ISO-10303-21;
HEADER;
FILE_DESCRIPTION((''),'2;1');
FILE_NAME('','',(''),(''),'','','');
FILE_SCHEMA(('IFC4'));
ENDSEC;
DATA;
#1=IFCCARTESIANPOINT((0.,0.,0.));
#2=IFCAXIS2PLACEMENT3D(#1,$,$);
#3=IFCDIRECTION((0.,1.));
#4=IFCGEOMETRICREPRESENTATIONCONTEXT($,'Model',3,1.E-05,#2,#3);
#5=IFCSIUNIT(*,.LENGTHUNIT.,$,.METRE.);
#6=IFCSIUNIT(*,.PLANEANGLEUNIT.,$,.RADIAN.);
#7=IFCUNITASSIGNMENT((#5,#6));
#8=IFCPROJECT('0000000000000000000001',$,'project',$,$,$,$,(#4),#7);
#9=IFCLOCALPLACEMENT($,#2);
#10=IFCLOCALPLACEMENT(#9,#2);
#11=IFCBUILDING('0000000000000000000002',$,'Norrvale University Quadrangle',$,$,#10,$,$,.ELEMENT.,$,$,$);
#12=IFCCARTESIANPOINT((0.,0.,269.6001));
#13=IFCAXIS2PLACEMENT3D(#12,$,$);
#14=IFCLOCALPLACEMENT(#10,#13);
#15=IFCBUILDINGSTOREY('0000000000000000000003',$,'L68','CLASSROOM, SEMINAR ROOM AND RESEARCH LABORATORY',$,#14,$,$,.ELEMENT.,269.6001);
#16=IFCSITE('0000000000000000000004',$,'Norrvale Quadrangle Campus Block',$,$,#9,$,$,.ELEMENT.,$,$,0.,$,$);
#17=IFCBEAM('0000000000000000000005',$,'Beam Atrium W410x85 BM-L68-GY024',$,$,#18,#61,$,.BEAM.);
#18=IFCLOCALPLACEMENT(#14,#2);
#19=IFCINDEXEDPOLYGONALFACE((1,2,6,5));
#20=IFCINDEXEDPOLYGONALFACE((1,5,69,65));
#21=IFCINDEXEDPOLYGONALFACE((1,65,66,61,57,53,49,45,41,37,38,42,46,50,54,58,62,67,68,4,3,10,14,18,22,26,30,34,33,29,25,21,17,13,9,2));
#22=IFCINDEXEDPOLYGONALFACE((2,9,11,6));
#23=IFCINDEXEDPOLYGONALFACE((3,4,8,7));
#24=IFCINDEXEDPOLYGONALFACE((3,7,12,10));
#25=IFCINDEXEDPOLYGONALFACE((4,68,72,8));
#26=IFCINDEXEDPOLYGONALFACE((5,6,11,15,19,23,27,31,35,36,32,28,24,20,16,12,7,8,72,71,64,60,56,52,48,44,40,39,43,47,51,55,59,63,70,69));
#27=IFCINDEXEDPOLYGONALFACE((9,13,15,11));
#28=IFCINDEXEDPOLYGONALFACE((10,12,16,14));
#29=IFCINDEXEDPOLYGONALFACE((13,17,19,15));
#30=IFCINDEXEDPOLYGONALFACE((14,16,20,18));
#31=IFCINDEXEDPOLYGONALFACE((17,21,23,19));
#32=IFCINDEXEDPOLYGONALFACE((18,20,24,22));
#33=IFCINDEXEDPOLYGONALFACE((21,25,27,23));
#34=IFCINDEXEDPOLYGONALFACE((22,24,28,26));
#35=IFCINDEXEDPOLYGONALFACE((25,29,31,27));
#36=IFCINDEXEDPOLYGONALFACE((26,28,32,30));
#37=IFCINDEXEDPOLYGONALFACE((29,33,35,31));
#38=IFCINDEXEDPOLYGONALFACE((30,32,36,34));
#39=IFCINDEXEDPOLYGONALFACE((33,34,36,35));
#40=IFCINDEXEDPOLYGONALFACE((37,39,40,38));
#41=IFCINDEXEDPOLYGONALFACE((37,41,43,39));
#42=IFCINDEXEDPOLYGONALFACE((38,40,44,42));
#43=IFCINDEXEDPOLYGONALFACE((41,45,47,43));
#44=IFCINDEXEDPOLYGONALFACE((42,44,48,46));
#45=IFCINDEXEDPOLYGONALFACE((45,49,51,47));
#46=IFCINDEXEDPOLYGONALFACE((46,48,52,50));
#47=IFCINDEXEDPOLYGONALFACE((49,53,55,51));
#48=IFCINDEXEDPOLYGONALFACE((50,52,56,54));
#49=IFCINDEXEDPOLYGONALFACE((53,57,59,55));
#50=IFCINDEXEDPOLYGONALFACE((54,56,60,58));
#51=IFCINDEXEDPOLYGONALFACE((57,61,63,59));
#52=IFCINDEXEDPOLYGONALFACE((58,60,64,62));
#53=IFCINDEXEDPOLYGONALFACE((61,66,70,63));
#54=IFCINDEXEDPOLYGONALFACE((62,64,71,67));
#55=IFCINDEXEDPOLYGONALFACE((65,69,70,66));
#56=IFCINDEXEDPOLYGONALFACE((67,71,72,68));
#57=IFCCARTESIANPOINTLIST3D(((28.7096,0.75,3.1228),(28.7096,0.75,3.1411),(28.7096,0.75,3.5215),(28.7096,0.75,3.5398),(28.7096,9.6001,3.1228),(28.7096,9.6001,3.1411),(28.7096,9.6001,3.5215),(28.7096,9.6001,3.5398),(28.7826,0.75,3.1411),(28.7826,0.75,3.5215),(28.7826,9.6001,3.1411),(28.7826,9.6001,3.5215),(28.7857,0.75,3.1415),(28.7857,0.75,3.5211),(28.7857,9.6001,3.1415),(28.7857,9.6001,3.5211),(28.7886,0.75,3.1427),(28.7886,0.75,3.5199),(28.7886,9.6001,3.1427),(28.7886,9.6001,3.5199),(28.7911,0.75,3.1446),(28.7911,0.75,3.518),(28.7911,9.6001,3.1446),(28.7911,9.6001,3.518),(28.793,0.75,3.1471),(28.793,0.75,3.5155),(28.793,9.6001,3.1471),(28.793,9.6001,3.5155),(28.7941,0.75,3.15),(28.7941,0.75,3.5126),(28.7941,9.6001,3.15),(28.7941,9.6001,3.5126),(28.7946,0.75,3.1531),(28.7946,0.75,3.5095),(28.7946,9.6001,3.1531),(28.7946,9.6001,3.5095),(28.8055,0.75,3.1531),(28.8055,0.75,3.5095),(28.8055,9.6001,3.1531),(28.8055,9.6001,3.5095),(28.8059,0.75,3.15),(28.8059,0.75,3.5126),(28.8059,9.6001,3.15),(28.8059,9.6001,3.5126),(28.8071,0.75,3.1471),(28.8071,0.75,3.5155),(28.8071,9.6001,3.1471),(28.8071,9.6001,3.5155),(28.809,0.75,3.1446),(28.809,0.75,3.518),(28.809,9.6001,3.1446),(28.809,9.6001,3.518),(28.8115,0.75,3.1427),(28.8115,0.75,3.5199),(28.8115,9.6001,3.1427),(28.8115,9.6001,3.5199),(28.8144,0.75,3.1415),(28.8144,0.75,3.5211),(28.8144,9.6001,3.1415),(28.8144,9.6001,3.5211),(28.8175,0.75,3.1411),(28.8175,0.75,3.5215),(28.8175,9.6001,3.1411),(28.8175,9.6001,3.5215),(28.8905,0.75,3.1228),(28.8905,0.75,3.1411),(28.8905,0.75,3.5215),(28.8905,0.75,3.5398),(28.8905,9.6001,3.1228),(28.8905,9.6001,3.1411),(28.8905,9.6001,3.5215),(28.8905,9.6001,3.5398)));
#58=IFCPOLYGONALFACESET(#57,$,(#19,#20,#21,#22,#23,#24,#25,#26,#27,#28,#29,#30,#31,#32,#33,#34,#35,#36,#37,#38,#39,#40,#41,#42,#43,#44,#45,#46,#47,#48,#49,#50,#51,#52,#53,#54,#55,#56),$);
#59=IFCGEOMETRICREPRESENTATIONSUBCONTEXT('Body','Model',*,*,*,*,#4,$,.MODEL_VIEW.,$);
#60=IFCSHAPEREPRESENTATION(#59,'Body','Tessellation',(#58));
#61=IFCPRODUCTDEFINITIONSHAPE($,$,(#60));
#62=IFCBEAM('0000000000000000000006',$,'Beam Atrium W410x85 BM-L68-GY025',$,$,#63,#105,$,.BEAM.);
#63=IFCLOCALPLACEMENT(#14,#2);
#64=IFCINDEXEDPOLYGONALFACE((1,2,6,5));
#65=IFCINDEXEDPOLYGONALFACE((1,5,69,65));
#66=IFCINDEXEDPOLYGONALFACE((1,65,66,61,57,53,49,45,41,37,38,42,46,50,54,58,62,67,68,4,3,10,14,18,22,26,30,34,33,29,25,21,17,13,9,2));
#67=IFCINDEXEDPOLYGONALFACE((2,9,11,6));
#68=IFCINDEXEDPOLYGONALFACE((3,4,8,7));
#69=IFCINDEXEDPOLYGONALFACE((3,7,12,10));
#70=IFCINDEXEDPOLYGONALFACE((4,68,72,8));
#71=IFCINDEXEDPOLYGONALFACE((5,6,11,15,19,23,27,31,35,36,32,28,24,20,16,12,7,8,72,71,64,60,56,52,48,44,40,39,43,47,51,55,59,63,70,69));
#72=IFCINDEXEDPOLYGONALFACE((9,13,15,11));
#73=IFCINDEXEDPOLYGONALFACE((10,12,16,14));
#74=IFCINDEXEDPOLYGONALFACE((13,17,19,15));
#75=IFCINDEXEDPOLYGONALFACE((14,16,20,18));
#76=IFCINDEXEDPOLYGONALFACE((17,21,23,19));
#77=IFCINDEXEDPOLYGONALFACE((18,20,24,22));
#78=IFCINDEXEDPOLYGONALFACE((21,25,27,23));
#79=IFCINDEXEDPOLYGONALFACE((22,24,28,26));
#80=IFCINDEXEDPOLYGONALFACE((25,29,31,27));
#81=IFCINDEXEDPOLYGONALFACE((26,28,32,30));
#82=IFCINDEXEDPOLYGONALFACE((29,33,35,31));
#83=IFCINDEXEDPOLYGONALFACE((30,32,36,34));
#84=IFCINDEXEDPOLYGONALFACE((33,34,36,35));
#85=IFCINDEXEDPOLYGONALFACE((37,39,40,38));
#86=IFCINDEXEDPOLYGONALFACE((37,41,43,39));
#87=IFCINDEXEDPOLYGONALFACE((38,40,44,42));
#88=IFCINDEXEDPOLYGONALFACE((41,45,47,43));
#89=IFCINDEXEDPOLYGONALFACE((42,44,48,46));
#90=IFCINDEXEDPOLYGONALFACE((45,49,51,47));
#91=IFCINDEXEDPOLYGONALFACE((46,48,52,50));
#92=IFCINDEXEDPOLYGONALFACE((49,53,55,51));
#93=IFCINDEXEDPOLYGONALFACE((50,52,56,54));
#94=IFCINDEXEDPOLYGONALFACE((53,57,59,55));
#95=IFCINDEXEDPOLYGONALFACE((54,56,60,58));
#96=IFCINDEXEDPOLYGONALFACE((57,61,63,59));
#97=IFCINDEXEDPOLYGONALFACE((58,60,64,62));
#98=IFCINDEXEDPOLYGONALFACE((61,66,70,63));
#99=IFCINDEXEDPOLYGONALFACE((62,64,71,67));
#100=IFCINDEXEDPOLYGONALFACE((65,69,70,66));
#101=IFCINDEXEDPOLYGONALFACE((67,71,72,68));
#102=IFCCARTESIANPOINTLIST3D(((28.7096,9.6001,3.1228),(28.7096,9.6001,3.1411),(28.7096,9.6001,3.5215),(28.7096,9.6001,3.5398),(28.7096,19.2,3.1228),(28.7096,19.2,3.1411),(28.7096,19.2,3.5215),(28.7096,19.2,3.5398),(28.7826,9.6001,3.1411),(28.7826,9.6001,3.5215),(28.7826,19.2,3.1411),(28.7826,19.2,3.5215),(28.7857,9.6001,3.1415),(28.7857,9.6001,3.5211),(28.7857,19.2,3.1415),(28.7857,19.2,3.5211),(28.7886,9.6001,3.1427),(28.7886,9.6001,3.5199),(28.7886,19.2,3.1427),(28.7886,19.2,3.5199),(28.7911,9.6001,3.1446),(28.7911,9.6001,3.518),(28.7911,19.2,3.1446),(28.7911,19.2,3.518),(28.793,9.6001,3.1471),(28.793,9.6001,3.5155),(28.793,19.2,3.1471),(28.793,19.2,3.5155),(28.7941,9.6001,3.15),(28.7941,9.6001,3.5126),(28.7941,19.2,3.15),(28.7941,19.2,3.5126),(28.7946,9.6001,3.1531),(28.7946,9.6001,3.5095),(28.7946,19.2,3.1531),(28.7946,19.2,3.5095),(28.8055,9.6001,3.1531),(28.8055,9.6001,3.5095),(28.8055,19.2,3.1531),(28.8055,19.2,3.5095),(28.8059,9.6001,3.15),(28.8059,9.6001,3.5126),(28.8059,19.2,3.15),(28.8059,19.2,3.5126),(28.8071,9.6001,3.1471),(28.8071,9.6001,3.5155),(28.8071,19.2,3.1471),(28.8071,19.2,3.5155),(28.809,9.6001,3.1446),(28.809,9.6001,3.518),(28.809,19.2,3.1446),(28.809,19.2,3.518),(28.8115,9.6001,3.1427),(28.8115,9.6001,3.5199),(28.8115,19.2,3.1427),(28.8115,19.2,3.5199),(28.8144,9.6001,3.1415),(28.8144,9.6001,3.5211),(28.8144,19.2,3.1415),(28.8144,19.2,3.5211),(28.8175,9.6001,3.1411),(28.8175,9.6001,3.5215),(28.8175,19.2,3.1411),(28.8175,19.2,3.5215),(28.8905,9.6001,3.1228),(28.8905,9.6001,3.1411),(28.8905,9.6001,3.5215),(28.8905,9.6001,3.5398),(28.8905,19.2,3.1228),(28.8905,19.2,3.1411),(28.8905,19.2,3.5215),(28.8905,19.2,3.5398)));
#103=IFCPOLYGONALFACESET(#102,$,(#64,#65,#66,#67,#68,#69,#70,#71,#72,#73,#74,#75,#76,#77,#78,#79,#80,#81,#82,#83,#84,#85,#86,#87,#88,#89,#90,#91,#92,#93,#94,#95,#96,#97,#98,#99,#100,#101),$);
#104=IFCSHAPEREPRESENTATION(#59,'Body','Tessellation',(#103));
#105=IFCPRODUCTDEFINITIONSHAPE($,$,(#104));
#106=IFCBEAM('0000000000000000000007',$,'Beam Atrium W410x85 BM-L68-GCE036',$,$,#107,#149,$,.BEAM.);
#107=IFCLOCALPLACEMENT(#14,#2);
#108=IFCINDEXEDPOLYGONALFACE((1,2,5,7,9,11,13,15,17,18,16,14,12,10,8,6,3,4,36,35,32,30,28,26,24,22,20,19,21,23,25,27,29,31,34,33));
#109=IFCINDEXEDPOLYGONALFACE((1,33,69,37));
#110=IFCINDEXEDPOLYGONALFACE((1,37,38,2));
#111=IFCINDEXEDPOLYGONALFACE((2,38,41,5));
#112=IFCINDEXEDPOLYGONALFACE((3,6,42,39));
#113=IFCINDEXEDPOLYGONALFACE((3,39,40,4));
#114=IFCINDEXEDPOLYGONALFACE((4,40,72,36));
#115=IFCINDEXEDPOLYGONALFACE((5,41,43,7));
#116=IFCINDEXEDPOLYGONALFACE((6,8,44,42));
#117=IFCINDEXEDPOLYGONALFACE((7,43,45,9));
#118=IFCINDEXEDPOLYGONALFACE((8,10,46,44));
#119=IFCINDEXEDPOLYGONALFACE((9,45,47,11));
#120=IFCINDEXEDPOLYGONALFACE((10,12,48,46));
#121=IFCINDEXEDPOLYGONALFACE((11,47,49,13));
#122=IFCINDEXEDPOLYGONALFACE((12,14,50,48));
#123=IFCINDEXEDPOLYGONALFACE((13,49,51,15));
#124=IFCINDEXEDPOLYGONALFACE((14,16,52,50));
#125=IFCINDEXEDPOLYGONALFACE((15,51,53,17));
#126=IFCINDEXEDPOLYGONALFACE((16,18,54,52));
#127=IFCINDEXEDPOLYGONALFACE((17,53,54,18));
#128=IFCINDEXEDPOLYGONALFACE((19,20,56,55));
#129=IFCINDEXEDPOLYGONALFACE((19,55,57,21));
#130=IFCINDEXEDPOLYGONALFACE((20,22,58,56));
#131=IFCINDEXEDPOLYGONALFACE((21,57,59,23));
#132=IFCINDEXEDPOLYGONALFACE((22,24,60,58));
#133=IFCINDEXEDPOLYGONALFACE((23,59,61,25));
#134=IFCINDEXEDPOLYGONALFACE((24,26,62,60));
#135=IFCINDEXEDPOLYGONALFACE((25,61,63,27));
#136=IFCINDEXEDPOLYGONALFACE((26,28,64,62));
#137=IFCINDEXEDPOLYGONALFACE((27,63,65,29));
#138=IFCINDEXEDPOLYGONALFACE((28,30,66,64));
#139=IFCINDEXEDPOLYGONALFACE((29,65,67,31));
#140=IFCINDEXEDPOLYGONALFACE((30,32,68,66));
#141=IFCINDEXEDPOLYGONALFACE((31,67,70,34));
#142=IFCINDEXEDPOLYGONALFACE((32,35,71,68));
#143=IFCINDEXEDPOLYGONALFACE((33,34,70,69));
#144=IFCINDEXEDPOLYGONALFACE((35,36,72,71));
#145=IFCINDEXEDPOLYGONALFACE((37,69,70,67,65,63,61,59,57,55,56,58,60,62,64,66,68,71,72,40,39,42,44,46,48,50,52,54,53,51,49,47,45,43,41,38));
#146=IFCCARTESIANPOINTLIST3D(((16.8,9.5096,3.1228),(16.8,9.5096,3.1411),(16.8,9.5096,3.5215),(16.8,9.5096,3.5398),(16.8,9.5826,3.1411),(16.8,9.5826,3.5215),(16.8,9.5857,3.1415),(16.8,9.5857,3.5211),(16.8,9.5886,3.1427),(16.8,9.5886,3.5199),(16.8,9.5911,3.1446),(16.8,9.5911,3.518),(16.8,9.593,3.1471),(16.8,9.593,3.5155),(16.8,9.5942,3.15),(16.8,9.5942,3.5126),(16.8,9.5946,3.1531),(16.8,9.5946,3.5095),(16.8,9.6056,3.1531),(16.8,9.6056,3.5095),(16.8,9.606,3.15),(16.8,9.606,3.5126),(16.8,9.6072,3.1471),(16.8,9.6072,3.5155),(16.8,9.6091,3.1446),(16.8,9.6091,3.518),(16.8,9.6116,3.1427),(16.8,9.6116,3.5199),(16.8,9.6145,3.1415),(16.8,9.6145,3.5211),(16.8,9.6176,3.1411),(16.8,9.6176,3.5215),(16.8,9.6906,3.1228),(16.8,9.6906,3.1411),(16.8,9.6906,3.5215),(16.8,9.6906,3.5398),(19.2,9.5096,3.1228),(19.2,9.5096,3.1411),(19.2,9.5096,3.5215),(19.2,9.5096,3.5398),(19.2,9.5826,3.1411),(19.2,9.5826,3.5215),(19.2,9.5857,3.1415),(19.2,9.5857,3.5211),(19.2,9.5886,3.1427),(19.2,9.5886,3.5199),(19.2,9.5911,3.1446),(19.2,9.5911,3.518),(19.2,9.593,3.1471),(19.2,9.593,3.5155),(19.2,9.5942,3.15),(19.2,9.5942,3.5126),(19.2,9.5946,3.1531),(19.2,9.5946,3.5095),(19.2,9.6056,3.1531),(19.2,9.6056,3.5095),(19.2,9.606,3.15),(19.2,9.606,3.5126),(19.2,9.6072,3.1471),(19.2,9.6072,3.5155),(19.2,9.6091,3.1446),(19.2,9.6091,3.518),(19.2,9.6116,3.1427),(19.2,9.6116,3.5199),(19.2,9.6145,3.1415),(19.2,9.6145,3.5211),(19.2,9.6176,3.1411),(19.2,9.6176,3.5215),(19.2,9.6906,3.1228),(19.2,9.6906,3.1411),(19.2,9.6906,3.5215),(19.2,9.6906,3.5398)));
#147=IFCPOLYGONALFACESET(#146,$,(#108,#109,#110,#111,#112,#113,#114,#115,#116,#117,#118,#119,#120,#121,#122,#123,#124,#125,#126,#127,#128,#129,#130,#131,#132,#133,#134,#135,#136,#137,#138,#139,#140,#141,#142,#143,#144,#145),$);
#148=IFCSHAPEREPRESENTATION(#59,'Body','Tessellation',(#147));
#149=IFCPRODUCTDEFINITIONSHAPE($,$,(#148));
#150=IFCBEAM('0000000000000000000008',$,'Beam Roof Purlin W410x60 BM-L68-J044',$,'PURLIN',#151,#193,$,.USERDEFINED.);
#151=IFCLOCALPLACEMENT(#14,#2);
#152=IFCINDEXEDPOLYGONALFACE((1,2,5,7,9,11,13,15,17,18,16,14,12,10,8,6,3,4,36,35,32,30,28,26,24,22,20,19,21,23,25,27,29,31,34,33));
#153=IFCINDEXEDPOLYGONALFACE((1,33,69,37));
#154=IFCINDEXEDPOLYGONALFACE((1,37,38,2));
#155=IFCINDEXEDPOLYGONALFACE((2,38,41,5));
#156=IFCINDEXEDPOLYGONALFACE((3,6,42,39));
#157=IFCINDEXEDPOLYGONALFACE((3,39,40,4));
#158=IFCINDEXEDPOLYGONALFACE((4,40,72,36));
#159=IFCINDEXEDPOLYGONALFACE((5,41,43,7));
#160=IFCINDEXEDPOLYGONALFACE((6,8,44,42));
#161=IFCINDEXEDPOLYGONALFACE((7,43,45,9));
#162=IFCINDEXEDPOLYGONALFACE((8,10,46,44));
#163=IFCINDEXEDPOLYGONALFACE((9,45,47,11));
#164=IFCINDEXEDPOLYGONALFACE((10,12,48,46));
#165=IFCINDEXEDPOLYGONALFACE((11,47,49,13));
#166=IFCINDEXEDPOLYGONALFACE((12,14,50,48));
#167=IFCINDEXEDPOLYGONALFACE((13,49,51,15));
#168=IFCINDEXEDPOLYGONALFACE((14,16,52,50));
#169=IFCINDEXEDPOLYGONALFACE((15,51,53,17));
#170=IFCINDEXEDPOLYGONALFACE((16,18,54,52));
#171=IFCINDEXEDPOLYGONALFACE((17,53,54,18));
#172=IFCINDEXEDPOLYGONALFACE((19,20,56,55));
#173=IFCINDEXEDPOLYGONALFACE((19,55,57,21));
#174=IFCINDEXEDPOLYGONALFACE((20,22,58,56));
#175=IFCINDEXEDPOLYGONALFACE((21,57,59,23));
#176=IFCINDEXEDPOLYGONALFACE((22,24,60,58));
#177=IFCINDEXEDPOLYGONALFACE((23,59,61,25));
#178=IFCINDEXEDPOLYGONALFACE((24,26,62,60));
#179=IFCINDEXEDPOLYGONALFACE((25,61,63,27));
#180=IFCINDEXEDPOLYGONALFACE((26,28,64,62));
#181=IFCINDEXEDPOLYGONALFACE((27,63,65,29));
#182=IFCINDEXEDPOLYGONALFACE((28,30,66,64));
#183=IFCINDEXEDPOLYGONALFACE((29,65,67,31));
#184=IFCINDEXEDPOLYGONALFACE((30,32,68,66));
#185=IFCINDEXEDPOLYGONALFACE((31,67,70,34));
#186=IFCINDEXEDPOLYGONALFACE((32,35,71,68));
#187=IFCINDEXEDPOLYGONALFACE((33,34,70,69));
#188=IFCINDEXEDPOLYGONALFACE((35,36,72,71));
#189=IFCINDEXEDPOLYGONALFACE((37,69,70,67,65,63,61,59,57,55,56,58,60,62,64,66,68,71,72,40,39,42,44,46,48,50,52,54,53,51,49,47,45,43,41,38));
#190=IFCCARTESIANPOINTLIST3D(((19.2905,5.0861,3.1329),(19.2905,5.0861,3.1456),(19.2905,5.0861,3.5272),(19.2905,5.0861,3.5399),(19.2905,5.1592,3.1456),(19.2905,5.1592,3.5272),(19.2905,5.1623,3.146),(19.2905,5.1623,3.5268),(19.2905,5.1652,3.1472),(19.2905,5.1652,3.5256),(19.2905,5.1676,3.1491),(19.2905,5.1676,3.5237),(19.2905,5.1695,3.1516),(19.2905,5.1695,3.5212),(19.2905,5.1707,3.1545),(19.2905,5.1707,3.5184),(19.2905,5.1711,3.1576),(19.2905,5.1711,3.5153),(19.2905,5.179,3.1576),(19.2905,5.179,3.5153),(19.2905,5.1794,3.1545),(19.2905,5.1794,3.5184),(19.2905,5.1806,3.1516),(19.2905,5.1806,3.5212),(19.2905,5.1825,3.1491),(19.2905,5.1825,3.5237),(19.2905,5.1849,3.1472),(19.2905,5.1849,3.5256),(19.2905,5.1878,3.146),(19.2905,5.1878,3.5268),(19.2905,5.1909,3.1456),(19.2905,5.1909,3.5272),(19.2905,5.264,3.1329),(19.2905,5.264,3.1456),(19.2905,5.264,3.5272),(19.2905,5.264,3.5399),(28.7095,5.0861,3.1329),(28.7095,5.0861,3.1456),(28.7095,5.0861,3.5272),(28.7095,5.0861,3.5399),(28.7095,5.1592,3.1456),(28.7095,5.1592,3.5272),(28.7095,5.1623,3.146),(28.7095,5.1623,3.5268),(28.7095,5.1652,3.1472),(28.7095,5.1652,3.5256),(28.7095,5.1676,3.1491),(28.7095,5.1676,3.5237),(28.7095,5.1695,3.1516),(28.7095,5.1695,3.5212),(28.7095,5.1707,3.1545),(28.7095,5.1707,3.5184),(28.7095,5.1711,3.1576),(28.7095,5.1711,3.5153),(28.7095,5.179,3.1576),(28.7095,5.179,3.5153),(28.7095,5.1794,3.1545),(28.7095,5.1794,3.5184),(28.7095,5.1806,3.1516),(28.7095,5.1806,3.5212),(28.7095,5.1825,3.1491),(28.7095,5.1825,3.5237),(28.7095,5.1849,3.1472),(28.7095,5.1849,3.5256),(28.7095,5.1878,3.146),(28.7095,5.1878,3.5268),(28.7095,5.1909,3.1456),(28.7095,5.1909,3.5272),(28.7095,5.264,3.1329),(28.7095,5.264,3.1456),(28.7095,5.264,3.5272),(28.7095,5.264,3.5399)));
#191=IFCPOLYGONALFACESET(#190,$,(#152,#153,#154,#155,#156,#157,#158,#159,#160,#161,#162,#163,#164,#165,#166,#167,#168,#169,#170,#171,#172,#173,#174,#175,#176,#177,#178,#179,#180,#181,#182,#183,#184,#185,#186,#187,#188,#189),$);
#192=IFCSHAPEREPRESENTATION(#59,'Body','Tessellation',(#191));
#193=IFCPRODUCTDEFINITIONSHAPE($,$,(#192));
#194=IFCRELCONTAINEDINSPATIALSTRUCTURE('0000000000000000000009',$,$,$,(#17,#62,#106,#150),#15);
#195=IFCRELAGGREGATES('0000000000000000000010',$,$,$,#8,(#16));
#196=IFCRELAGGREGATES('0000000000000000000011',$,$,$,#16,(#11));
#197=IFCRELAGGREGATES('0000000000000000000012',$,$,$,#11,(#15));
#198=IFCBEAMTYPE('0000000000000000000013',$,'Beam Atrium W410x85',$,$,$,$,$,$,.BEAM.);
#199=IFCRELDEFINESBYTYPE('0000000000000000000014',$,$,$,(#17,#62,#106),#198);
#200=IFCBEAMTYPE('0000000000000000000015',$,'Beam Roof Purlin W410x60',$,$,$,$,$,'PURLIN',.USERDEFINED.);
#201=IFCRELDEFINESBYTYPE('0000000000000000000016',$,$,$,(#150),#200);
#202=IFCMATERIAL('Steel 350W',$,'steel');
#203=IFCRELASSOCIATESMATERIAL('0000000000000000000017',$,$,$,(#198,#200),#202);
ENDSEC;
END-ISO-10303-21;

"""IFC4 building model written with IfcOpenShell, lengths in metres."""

from ifc_helpers import new_model, si_unit, direction, frame, origin, origin_2d, place, context, subcontext, project, spatial, i_section, extrude, material, material_profile, profile_set, type_object, element, save


model = new_model("IFC4")

# Units and contexts
model_context = context("Model", 3, precision=1e-05, world=origin(), true_north=direction((0.0, 1.0)))
body_context = subcontext(model_context, "Body", "Model", "MODEL_VIEW")
ifc_project = project(units=[si_unit("LENGTHUNIT", "METRE"), si_unit("PLANEANGLEUNIT", "RADIAN")], contexts=[model_context])

# Site, building, storey
site_placement = place(None, origin())
site = spatial("IfcSite", under=ifc_project, at=site_placement, Name="Norrvale Quadrangle Campus Block", CompositionType="ELEMENT", RefElevation=0.0)
building_placement = place(site_placement, origin())
building = spatial("IfcBuilding", under=site, at=building_placement, Name="Norrvale University Quadrangle", CompositionType="ELEMENT")
storey_placement = place(building_placement, frame((0.0, 0.0, 269.6001)))
storey = spatial("IfcBuildingStorey", under=building, at=storey_placement, Name="L68", Description="CLASSROOM, SEMINAR ROOM AND RESEARCH LABORATORY", CompositionType="ELEMENT", Elevation=269.6001)

# Beams
ifc_material_1 = material(Name="Steel 350W", Category="steel")
ifc_material_profile_1 = material_profile(ifc_material_1, i_section(OverallWidth=0.1809, OverallDepth=0.417, WebThickness=0.011, FlangeThickness=0.0183, FilletRadius=0.012, at=origin_2d()), Name="Steel 350W")
ifc_profile_set_1 = profile_set([ifc_material_profile_1], Name="Steel 350W")
beam_type_1 = type_object("IfcBeamType", Name="Beam Atrium W410x85", PredefinedType="BEAM", material=ifc_profile_set_1)
beam_1_placement = place(storey_placement, frame((28.8, 0.75, 3.3313), z_axis=(0.0, 1.0, 0.0), x_axis=(-1.0, 0.0, 0.0)))
element("IfcBeam", 1, at=beam_1_placement, inside=storey, type_object=beam_type_1, Name="Beam Atrium W410x85 BM-L68-GY024", PredefinedType="BEAM", context=body_context, shape_type="SweptSolid", body=[
    extrude(i_section(OverallWidth=0.1809, OverallDepth=0.417, WebThickness=0.011, FlangeThickness=0.0183, FilletRadius=0.012, at=origin_2d()), origin(), (0.0, 0.0, 1.0), 8.8501),
])
beam_2_placement = place(storey_placement, frame((28.8, 9.6001, 3.3313), z_axis=(0.0, 1.0, 0.0), x_axis=(-1.0, 0.0, 0.0)))
element("IfcBeam", 2, at=beam_2_placement, inside=storey, type_object=beam_type_1, Name="Beam Atrium W410x85 BM-L68-GY025", PredefinedType="BEAM", context=body_context, shape_type="SweptSolid", body=[
    extrude(i_section(OverallWidth=0.1809, OverallDepth=0.417, WebThickness=0.011, FlangeThickness=0.0183, FilletRadius=0.012, at=origin_2d()), origin(), (0.0, 0.0, 1.0), 9.5999),
])
beam_3_placement = place(storey_placement, frame((16.8, 9.6001, 3.3313), z_axis=(1.0, 0.0, 0.0), x_axis=(0.0, 1.0, 0.0)))
element("IfcBeam", 3, at=beam_3_placement, inside=storey, type_object=beam_type_1, Name="Beam Atrium W410x85 BM-L68-GCE036", PredefinedType="BEAM", context=body_context, shape_type="SweptSolid", body=[
    extrude(i_section(OverallWidth=0.1809, OverallDepth=0.417, WebThickness=0.011, FlangeThickness=0.0183, FilletRadius=0.012, at=origin_2d()), origin(), (0.0, 0.0, 1.0), 2.3999),
])
ifc_material_profile_2 = material_profile(ifc_material_1, i_section(OverallWidth=0.178, OverallDepth=0.407, WebThickness=0.0078, FlangeThickness=0.0127, FilletRadius=0.012, at=origin_2d()), Name="Steel 350W")
ifc_profile_set_2 = profile_set([ifc_material_profile_2], Name="Steel 350W")
beam_type_2 = type_object("IfcBeamType", Name="Beam Roof Purlin W410x60", ElementType="PURLIN", PredefinedType="USERDEFINED", material=ifc_profile_set_2)
for number, where, z_axis, x_axis, name in (
    (4, (19.2905, 5.175, 3.3364), (1.0, 0.0, 0.0), (0.0, 1.0, 0.0), "Beam Roof Purlin W410x60 BM-L68-J044"),
):
    element("IfcBeam", number, at=place(storey_placement, frame(where, z_axis=z_axis, x_axis=x_axis)), inside=storey, type_object=beam_type_2, Name=name, ObjectType="PURLIN", PredefinedType="USERDEFINED", context=body_context, shape_type="SweptSolid", body=[
        extrude(i_section(OverallWidth=0.178, OverallDepth=0.407, WebThickness=0.0078, FlangeThickness=0.0127, FilletRadius=0.012, at=origin_2d()), origin(), (0.0, 0.0, 1.0), 9.4189),
    ])

save(model, "model.ifc")
